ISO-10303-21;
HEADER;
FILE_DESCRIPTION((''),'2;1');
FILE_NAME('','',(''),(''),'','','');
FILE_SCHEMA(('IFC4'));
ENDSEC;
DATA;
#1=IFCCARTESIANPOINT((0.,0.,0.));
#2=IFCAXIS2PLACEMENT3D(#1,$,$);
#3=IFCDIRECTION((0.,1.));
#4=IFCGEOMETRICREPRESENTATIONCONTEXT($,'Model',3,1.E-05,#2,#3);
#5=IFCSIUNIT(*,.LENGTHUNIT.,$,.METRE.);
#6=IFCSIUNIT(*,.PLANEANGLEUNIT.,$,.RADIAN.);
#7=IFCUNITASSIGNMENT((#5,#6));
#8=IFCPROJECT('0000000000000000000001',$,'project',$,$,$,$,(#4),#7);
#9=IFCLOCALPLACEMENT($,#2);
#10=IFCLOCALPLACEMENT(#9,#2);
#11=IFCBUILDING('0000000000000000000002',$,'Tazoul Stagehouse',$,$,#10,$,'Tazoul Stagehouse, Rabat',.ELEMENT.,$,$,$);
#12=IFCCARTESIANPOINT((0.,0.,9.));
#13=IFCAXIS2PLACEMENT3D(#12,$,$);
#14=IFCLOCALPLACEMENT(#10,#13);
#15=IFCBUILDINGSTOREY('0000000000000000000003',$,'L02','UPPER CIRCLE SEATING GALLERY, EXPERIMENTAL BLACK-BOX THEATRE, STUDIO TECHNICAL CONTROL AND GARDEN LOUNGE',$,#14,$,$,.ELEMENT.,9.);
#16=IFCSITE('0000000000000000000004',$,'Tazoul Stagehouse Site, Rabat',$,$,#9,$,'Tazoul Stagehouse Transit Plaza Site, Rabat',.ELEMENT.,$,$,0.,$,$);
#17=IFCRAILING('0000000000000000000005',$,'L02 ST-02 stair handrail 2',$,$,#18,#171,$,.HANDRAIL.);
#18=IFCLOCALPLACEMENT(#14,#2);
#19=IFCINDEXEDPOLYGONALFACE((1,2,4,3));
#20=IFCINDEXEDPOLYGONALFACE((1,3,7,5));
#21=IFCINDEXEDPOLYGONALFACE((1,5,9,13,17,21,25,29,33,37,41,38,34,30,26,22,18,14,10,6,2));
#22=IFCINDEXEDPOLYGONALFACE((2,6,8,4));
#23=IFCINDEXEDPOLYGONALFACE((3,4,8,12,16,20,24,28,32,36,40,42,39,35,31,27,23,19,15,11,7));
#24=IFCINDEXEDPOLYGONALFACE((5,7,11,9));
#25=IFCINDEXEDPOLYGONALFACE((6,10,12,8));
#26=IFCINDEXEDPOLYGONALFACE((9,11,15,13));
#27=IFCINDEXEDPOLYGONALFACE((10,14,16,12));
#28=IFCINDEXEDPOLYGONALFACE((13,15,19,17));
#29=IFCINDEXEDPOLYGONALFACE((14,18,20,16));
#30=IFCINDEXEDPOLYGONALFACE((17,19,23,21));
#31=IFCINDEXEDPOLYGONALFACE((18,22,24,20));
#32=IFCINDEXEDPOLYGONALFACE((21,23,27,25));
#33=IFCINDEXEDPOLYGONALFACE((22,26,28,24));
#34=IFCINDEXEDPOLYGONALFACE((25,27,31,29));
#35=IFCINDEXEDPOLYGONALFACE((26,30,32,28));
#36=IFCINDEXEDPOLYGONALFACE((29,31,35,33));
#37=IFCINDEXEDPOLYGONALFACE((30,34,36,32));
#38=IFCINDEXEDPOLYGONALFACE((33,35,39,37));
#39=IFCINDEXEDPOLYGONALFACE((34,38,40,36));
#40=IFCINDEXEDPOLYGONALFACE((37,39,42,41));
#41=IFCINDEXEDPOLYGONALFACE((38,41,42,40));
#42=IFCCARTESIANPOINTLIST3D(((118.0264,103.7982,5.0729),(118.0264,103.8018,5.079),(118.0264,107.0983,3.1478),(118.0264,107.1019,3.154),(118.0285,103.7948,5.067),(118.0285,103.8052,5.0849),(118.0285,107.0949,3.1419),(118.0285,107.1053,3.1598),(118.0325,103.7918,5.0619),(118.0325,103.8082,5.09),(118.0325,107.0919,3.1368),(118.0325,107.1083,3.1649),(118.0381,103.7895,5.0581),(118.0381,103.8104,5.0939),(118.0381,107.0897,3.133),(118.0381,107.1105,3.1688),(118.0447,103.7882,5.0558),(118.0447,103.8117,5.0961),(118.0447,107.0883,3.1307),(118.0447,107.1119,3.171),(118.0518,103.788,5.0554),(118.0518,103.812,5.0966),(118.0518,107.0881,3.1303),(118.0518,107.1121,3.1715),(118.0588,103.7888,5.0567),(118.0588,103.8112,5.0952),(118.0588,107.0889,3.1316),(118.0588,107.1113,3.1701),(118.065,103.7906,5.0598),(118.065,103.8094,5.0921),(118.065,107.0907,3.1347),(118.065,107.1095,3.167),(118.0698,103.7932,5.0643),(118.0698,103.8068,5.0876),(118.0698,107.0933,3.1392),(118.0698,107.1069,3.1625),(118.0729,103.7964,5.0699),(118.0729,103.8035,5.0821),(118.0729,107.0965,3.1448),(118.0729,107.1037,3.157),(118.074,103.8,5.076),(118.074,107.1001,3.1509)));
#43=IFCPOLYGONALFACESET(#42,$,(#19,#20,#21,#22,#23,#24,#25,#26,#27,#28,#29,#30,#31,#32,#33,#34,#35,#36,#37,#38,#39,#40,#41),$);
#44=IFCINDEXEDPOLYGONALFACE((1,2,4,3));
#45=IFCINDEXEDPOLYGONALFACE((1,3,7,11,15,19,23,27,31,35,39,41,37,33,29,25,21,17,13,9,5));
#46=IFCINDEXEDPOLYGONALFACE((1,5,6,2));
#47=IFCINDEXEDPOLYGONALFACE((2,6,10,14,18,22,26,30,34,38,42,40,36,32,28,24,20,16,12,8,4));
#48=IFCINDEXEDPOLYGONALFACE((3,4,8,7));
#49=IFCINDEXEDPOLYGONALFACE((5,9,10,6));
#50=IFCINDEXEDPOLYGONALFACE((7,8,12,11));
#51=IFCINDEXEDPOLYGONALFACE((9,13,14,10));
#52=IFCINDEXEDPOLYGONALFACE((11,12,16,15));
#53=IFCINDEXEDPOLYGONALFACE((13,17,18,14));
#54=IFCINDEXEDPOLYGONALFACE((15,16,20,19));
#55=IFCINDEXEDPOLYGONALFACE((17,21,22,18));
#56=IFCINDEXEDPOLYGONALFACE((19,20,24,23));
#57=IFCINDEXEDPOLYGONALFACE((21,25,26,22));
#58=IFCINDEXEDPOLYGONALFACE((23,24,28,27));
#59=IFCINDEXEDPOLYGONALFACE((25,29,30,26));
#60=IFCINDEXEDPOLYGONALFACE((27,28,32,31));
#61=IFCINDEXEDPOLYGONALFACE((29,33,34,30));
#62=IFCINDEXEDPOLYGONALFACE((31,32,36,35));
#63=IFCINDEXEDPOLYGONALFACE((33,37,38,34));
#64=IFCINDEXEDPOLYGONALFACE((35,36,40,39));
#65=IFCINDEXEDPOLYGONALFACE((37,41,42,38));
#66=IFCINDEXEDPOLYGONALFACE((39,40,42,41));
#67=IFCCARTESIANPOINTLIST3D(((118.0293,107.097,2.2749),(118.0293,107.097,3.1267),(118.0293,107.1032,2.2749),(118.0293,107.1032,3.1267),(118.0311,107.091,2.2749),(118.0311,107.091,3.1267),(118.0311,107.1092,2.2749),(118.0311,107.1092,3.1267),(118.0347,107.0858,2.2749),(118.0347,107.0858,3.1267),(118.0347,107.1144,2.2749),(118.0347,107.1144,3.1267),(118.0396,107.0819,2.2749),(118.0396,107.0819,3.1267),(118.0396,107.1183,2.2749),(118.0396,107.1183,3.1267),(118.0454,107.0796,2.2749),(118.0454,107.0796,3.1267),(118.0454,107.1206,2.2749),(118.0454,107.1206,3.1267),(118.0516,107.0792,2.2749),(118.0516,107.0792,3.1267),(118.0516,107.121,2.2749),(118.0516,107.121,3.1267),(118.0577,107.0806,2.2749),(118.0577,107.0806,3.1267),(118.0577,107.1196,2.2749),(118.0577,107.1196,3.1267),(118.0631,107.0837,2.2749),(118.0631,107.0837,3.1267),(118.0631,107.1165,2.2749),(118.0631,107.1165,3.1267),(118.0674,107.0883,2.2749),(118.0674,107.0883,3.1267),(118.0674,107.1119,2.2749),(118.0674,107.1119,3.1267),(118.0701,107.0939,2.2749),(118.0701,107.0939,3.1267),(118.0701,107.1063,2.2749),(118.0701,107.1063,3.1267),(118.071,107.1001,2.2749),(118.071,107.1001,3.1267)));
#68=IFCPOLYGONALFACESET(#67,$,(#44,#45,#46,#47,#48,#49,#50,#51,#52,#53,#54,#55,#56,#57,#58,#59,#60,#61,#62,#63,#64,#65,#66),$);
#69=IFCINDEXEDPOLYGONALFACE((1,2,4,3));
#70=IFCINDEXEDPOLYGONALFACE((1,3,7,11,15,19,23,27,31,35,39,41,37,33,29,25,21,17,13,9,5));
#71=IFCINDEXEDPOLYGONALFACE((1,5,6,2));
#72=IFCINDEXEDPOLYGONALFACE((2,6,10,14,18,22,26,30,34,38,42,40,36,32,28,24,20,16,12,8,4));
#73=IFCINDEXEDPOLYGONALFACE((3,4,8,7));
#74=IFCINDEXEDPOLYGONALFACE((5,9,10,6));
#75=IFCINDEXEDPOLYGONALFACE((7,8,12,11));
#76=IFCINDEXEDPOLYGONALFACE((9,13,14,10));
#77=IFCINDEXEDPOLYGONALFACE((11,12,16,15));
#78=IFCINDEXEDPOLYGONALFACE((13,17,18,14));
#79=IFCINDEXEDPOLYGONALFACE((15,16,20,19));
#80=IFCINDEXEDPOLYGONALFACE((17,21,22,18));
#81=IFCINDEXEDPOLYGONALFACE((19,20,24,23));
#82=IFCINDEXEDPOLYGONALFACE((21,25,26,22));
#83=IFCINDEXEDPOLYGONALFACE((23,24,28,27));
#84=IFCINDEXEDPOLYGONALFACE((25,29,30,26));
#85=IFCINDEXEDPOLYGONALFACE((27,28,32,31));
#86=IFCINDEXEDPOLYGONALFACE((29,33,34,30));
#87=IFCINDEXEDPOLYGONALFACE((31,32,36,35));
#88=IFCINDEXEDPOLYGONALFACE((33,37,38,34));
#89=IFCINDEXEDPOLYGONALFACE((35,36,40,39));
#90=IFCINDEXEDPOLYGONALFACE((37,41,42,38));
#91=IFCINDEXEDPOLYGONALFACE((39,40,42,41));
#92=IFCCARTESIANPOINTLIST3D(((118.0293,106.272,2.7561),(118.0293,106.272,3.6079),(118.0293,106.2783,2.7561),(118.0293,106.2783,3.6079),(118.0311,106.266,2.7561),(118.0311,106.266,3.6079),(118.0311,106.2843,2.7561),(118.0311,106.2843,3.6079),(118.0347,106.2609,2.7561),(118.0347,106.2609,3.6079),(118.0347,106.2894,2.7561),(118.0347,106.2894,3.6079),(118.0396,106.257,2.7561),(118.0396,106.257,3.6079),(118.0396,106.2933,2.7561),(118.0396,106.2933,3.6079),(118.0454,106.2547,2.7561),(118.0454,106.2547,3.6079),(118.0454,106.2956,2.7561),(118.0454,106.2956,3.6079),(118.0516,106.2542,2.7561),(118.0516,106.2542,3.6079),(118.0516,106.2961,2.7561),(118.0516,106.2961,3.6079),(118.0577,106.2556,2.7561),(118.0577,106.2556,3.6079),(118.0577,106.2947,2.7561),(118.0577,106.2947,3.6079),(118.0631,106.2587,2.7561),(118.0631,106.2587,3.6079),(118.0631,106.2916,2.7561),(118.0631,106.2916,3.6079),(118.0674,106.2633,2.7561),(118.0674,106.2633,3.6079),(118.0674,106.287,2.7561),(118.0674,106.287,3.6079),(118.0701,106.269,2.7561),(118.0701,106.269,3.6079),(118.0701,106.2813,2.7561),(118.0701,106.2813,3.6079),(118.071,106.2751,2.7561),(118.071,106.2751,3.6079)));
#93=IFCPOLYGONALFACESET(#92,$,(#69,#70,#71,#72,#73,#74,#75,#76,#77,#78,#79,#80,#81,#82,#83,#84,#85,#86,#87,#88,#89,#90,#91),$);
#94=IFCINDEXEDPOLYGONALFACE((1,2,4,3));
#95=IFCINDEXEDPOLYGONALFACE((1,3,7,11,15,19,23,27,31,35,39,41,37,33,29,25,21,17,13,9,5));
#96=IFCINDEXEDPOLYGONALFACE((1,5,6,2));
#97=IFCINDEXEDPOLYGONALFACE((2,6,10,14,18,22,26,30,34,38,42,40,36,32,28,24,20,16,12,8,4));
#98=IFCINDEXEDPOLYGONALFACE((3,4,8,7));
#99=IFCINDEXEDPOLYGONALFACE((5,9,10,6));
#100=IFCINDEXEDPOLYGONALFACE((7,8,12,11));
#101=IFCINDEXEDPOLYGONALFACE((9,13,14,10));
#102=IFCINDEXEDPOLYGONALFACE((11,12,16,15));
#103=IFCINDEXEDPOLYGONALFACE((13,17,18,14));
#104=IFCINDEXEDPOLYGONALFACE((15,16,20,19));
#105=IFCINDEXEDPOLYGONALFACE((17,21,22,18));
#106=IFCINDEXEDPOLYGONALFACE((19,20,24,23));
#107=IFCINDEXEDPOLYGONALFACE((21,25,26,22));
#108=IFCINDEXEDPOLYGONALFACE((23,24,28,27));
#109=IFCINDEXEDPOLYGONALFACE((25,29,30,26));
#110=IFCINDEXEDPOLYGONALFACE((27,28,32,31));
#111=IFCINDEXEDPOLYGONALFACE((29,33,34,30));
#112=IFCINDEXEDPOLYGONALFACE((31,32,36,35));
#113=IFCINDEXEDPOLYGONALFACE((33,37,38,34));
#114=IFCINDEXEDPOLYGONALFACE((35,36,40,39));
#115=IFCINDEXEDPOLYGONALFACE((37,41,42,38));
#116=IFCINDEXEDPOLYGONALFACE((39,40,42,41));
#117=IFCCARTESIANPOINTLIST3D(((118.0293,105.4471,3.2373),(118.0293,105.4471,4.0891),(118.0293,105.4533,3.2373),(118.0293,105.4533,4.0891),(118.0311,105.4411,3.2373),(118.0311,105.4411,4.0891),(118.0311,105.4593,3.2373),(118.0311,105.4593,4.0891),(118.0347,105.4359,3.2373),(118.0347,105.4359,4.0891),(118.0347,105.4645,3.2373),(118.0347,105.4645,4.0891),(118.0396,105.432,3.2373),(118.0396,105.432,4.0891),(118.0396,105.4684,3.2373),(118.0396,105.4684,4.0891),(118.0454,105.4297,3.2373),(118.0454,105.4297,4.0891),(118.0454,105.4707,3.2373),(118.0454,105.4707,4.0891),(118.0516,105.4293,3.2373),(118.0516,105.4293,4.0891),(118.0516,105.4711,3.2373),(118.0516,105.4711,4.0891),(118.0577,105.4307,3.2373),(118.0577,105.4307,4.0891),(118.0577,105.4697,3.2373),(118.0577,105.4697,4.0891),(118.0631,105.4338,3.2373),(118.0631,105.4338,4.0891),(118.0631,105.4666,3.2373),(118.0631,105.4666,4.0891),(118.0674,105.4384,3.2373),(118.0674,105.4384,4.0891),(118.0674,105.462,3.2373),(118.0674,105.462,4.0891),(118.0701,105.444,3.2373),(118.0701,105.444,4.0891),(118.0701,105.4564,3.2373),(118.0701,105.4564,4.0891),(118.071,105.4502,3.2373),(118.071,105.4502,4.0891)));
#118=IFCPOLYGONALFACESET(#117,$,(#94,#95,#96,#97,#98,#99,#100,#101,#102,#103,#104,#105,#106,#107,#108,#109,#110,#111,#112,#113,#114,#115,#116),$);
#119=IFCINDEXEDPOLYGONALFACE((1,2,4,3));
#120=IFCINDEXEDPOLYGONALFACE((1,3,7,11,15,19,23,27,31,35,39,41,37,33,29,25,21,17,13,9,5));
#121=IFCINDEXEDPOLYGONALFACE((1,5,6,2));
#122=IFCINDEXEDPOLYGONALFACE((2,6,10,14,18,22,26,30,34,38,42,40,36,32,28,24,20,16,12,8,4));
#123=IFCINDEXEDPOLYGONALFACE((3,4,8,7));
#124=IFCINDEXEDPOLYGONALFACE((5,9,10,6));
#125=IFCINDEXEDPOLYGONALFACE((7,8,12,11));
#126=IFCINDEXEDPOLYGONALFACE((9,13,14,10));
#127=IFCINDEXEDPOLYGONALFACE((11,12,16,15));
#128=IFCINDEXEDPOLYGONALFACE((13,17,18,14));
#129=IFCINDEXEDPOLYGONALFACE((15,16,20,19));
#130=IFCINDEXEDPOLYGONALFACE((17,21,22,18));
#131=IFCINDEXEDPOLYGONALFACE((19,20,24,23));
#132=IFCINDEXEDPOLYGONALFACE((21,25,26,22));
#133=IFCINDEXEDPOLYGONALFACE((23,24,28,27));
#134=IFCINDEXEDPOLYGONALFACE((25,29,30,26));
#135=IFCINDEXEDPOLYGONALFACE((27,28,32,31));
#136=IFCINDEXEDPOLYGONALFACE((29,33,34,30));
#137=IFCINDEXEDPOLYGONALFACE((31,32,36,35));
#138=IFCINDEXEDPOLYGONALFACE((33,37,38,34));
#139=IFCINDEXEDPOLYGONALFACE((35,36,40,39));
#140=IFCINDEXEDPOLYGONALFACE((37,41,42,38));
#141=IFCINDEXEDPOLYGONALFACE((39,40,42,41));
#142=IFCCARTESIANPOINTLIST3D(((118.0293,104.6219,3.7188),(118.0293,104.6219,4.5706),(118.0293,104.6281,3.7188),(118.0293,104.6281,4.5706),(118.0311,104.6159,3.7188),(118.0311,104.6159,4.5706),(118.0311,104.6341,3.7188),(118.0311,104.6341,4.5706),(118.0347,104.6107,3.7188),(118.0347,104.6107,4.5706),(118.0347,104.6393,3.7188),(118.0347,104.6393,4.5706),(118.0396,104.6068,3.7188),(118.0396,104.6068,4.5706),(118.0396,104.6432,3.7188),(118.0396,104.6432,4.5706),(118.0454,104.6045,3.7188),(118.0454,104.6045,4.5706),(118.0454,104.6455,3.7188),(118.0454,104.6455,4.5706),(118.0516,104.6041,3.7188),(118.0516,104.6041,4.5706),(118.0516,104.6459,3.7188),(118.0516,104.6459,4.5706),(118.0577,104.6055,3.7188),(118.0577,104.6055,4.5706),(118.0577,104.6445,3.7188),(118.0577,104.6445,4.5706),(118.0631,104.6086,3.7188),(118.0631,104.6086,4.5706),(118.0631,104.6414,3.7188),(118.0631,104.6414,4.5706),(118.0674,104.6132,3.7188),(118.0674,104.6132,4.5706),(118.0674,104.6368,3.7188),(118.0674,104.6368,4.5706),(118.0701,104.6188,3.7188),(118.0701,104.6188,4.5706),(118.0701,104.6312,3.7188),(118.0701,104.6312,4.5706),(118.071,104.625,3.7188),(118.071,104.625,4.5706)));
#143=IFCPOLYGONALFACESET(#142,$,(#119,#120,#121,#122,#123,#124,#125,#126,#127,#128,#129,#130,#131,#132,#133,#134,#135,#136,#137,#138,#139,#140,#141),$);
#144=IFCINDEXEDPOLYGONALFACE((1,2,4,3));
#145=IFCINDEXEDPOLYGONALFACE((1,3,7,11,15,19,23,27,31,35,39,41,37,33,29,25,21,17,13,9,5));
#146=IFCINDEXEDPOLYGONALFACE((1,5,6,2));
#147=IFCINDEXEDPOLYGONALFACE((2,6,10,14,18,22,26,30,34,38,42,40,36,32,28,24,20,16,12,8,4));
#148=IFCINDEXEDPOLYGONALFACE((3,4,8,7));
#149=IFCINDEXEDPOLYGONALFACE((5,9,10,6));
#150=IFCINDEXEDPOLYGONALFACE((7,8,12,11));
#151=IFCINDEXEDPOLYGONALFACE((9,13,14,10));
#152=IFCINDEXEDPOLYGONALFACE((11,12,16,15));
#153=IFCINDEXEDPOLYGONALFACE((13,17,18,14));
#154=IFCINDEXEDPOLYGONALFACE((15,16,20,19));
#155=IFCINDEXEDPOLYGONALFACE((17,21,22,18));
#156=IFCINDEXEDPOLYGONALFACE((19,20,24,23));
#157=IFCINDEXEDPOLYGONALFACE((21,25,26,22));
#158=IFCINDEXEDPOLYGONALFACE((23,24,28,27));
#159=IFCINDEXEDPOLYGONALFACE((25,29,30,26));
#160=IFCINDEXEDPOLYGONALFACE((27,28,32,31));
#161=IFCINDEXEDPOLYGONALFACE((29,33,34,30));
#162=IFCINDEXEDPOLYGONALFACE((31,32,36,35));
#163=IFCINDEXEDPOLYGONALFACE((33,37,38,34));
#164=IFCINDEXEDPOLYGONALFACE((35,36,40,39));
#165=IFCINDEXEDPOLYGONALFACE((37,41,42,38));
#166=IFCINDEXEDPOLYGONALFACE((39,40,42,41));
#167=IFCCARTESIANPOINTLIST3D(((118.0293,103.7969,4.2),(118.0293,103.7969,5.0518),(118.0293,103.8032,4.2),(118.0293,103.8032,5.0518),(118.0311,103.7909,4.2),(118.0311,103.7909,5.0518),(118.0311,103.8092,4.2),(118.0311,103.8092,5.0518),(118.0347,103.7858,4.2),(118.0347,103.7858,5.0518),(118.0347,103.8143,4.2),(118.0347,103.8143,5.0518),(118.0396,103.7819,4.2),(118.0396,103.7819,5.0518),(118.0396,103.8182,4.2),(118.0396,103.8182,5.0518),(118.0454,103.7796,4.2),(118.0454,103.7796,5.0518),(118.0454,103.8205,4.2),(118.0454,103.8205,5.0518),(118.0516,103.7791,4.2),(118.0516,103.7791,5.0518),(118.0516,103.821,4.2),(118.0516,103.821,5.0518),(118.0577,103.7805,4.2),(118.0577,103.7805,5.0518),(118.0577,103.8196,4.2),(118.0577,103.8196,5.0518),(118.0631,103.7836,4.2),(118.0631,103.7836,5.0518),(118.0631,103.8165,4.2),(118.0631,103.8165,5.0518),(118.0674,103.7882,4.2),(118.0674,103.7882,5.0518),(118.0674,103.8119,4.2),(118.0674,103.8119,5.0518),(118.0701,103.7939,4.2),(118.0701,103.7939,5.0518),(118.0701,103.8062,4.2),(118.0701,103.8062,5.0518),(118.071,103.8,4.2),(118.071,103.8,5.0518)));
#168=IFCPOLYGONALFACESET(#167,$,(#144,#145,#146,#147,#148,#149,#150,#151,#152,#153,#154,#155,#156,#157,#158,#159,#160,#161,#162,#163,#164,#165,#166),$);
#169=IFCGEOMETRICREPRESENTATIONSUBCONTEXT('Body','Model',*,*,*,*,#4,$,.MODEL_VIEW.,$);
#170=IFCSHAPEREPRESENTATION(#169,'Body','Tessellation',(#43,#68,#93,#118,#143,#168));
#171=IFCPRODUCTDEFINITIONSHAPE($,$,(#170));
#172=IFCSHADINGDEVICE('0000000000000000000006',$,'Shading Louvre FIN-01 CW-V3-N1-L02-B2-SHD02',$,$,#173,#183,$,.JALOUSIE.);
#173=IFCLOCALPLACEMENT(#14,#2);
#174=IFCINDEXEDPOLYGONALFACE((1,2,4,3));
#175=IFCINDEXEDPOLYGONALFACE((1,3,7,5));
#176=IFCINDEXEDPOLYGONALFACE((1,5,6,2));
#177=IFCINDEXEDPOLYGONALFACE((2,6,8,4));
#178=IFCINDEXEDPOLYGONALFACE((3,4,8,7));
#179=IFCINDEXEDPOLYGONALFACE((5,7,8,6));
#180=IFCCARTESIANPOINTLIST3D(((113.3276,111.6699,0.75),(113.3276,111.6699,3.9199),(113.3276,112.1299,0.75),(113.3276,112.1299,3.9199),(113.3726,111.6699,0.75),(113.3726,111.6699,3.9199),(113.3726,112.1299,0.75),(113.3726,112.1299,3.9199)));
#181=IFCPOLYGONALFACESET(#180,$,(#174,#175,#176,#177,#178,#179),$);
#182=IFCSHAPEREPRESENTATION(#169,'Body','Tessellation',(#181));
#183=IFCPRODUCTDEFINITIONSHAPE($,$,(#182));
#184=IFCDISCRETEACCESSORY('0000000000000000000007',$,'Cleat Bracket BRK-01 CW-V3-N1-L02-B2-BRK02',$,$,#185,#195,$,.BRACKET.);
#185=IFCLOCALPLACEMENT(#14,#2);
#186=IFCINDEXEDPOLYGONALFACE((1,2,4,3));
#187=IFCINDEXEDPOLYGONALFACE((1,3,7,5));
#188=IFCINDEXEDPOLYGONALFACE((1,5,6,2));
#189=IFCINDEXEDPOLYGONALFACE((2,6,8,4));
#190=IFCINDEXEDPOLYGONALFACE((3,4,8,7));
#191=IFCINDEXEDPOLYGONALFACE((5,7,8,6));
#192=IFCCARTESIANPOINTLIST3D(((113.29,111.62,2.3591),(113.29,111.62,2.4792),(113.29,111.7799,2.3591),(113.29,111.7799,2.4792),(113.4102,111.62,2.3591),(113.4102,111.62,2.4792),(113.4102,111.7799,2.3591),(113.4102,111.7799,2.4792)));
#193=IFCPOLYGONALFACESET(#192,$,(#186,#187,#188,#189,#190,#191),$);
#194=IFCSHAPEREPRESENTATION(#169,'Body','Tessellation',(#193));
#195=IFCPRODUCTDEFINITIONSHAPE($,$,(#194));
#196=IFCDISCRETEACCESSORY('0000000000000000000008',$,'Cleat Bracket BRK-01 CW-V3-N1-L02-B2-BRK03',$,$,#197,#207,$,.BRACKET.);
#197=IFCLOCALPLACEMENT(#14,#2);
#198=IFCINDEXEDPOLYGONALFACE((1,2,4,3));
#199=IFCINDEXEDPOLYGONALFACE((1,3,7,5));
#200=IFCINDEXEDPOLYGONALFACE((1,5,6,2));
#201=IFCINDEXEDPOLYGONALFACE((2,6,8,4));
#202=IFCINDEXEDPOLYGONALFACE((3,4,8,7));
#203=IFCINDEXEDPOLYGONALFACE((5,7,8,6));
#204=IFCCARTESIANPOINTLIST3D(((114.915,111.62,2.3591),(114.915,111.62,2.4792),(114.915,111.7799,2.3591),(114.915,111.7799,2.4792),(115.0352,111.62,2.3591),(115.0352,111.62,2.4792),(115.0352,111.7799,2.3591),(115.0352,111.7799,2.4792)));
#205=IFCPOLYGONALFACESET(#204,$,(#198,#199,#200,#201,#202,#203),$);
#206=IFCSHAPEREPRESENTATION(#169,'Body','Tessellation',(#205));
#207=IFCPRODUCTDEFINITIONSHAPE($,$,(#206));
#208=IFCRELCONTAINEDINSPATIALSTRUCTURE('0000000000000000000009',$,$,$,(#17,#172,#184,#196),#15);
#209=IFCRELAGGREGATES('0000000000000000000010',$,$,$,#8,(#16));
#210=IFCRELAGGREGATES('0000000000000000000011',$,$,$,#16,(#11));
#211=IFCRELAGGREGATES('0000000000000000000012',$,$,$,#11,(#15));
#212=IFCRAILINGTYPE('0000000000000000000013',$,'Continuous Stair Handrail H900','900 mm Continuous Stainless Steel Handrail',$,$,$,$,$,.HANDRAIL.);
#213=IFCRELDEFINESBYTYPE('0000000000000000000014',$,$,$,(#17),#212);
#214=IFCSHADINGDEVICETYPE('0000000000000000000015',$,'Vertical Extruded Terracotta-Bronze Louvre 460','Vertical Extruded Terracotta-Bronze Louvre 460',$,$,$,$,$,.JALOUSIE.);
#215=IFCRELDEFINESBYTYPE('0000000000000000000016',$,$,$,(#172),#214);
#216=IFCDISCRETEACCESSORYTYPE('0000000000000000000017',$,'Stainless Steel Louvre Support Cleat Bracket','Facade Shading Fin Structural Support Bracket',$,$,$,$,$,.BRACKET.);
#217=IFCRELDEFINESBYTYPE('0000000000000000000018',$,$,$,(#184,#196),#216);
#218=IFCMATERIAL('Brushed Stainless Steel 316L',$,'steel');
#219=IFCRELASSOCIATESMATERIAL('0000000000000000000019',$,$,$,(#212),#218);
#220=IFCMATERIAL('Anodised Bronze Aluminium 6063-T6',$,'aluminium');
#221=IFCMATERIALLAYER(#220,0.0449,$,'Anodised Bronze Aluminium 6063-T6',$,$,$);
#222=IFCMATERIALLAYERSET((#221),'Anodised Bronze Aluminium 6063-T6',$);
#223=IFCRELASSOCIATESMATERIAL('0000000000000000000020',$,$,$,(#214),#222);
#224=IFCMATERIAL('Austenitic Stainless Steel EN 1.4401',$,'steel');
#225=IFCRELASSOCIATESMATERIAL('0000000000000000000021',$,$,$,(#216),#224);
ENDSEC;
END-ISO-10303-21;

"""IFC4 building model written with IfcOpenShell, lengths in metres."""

from ifc_helpers import new_model, si_unit, direction, frame, origin, origin_2d, place, context, subcontext, project, spatial, rectangle, circle, extrude, material, layer, layer_set, material_profile, profile_set, type_object, element, save


model = new_model("IFC4")

# Units and contexts
model_context = context("Model", 3, precision=1e-05, world=origin(), true_north=direction((0.0, 1.0)))
body_context = subcontext(model_context, "Body", "Model", "MODEL_VIEW")
ifc_project = project(units=[si_unit("LENGTHUNIT", "METRE"), si_unit("PLANEANGLEUNIT", "RADIAN")], contexts=[model_context])

# Site, building, storey
site_placement = place(None, origin())
site = spatial("IfcSite", under=ifc_project, at=site_placement, Name="Tazoul Stagehouse Site, Rabat", LongName="Tazoul Stagehouse Transit Plaza Site, Rabat", CompositionType="ELEMENT", RefElevation=0.0)
building_placement = place(site_placement, origin())
building = spatial("IfcBuilding", under=site, at=building_placement, Name="Tazoul Stagehouse", LongName="Tazoul Stagehouse, Rabat", CompositionType="ELEMENT")
storey_placement = place(building_placement, frame((0.0, 0.0, 9.0)))
storey = spatial("IfcBuildingStorey", under=building, at=storey_placement, Name="L02", Description="UPPER CIRCLE SEATING GALLERY, EXPERIMENTAL BLACK-BOX THEATRE, STUDIO TECHNICAL CONTROL AND GARDEN LOUNGE", CompositionType="ELEMENT", Elevation=9.0)

# Shared definitions
ifc_material_1 = material(Name="Anodised Bronze Aluminium 6063-T6", Category="aluminium")

# Railing
ifc_material_2 = material(Name="Brushed Stainless Steel 316L", Category="steel")
ifc_material_profile_1 = material_profile(ifc_material_2, circle(Radius=0.021, at=origin_2d()), Name="SS HANDRAIL D42")
ifc_profile_set_1 = profile_set([ifc_material_profile_1], Name="Brushed Stainless Steel 316L")
railing_type_1 = type_object("IfcRailingType", Name="Continuous Stair Handrail H900", Description="900 mm Continuous Stainless Steel Handrail", PredefinedType="HANDRAIL", material=ifc_profile_set_1)
railing_1_placement = place(storey_placement, frame((118.05, 107.1001, 2.2749)))
element("IfcRailing", 1, at=railing_1_placement, inside=storey, type_object=railing_type_1, Name="L02 ST-02 stair handrail 2", PredefinedType="HANDRAIL", context=body_context, shape_type="SweptSolid", body=[
    extrude(circle(Radius=0.0239, at=origin_2d()), frame((0.0, 0.0, 0.876), z_axis=(0.0, -0.863777, 0.503875), x_axis=(1.0, 0.0, 0.0)), (0.0, 0.0, 1.0), 3.8206),
    extrude(circle(Radius=0.021, at=origin_2d()), origin(), (0.0, 0.0, 1.0), 0.8518),
    extrude(circle(Radius=0.021, at=origin_2d()), frame((0.0, -0.825, 0.4812)), (0.0, 0.0, 1.0), 0.8518),
    extrude(circle(Radius=0.021, at=origin_2d()), frame((0.0, -1.6499, 0.9624)), (0.0, 0.0, 1.0), 0.8518),
    extrude(circle(Radius=0.021, at=origin_2d()), frame((0.0, -2.4751, 1.4438)), (0.0, 0.0, 1.0), 0.8518),
    extrude(circle(Radius=0.021, at=origin_2d()), frame((0.0, -3.3, 1.925)), (0.0, 0.0, 1.0), 0.8518),
])

# Shading device
ifc_layer_1 = layer(ifc_material_1, 0.0449, Name="Anodised Bronze Aluminium 6063-T6")
ifc_layer_set_1 = layer_set([ifc_layer_1], Name="Anodised Bronze Aluminium 6063-T6")
shading_device_type_1 = type_object("IfcShadingDeviceType", Name="Vertical Extruded Terracotta-Bronze Louvre 460", Description="Vertical Extruded Terracotta-Bronze Louvre 460", PredefinedType="JALOUSIE", material=ifc_layer_set_1)
shading_device_1_placement = place(storey_placement, frame((113.3501, 111.8999, 0.75), z_axis=(0.0, 0.0, 1.0), x_axis=(1.0, 0.0, 0.0)))
element("IfcShadingDevice", 2, at=shading_device_1_placement, inside=storey, type_object=shading_device_type_1, Name="Shading Louvre FIN-01 CW-V3-N1-L02-B2-SHD02", PredefinedType="JALOUSIE", context=body_context, shape_type="SweptSolid", body=[
    extrude(rectangle(XDim=0.0449, YDim=0.46, at=origin_2d()), origin(), (0.0, 0.0, 1.0), 3.1699),
])

# Discrete accessories
ifc_material_3 = material(Name="Austenitic Stainless Steel EN 1.4401", Category="steel")
discrete_accessory_type = type_object("IfcDiscreteAccessoryType", Name="Stainless Steel Louvre Support Cleat Bracket", Description="Facade Shading Fin Structural Support Bracket", PredefinedType="BRACKET", material=ifc_material_3)
for number, where, z_axis, x_axis, name in (
    (3, (113.3501, 111.7, 2.3591), (0.0, 0.0, 1.0), (1.0, 0.0, 0.0), "Cleat Bracket BRK-01 CW-V3-N1-L02-B2-BRK02"),
    (4, (114.9751, 111.7, 2.3591), (0.0, 0.0, 1.0), (1.0, 0.0, 0.0), "Cleat Bracket BRK-01 CW-V3-N1-L02-B2-BRK03"),
):
    element("IfcDiscreteAccessory", number, at=place(storey_placement, frame(where, z_axis=z_axis, x_axis=x_axis)), inside=storey, type_object=discrete_accessory_type, Name=name, PredefinedType="BRACKET", context=body_context, shape_type="SweptSolid", body=[
        extrude(rectangle(XDim=0.1201, YDim=0.1599, at=origin_2d()), origin(), (0.0, 0.0, 1.0), 0.1201),
    ])

save(model, "model.ifc")
